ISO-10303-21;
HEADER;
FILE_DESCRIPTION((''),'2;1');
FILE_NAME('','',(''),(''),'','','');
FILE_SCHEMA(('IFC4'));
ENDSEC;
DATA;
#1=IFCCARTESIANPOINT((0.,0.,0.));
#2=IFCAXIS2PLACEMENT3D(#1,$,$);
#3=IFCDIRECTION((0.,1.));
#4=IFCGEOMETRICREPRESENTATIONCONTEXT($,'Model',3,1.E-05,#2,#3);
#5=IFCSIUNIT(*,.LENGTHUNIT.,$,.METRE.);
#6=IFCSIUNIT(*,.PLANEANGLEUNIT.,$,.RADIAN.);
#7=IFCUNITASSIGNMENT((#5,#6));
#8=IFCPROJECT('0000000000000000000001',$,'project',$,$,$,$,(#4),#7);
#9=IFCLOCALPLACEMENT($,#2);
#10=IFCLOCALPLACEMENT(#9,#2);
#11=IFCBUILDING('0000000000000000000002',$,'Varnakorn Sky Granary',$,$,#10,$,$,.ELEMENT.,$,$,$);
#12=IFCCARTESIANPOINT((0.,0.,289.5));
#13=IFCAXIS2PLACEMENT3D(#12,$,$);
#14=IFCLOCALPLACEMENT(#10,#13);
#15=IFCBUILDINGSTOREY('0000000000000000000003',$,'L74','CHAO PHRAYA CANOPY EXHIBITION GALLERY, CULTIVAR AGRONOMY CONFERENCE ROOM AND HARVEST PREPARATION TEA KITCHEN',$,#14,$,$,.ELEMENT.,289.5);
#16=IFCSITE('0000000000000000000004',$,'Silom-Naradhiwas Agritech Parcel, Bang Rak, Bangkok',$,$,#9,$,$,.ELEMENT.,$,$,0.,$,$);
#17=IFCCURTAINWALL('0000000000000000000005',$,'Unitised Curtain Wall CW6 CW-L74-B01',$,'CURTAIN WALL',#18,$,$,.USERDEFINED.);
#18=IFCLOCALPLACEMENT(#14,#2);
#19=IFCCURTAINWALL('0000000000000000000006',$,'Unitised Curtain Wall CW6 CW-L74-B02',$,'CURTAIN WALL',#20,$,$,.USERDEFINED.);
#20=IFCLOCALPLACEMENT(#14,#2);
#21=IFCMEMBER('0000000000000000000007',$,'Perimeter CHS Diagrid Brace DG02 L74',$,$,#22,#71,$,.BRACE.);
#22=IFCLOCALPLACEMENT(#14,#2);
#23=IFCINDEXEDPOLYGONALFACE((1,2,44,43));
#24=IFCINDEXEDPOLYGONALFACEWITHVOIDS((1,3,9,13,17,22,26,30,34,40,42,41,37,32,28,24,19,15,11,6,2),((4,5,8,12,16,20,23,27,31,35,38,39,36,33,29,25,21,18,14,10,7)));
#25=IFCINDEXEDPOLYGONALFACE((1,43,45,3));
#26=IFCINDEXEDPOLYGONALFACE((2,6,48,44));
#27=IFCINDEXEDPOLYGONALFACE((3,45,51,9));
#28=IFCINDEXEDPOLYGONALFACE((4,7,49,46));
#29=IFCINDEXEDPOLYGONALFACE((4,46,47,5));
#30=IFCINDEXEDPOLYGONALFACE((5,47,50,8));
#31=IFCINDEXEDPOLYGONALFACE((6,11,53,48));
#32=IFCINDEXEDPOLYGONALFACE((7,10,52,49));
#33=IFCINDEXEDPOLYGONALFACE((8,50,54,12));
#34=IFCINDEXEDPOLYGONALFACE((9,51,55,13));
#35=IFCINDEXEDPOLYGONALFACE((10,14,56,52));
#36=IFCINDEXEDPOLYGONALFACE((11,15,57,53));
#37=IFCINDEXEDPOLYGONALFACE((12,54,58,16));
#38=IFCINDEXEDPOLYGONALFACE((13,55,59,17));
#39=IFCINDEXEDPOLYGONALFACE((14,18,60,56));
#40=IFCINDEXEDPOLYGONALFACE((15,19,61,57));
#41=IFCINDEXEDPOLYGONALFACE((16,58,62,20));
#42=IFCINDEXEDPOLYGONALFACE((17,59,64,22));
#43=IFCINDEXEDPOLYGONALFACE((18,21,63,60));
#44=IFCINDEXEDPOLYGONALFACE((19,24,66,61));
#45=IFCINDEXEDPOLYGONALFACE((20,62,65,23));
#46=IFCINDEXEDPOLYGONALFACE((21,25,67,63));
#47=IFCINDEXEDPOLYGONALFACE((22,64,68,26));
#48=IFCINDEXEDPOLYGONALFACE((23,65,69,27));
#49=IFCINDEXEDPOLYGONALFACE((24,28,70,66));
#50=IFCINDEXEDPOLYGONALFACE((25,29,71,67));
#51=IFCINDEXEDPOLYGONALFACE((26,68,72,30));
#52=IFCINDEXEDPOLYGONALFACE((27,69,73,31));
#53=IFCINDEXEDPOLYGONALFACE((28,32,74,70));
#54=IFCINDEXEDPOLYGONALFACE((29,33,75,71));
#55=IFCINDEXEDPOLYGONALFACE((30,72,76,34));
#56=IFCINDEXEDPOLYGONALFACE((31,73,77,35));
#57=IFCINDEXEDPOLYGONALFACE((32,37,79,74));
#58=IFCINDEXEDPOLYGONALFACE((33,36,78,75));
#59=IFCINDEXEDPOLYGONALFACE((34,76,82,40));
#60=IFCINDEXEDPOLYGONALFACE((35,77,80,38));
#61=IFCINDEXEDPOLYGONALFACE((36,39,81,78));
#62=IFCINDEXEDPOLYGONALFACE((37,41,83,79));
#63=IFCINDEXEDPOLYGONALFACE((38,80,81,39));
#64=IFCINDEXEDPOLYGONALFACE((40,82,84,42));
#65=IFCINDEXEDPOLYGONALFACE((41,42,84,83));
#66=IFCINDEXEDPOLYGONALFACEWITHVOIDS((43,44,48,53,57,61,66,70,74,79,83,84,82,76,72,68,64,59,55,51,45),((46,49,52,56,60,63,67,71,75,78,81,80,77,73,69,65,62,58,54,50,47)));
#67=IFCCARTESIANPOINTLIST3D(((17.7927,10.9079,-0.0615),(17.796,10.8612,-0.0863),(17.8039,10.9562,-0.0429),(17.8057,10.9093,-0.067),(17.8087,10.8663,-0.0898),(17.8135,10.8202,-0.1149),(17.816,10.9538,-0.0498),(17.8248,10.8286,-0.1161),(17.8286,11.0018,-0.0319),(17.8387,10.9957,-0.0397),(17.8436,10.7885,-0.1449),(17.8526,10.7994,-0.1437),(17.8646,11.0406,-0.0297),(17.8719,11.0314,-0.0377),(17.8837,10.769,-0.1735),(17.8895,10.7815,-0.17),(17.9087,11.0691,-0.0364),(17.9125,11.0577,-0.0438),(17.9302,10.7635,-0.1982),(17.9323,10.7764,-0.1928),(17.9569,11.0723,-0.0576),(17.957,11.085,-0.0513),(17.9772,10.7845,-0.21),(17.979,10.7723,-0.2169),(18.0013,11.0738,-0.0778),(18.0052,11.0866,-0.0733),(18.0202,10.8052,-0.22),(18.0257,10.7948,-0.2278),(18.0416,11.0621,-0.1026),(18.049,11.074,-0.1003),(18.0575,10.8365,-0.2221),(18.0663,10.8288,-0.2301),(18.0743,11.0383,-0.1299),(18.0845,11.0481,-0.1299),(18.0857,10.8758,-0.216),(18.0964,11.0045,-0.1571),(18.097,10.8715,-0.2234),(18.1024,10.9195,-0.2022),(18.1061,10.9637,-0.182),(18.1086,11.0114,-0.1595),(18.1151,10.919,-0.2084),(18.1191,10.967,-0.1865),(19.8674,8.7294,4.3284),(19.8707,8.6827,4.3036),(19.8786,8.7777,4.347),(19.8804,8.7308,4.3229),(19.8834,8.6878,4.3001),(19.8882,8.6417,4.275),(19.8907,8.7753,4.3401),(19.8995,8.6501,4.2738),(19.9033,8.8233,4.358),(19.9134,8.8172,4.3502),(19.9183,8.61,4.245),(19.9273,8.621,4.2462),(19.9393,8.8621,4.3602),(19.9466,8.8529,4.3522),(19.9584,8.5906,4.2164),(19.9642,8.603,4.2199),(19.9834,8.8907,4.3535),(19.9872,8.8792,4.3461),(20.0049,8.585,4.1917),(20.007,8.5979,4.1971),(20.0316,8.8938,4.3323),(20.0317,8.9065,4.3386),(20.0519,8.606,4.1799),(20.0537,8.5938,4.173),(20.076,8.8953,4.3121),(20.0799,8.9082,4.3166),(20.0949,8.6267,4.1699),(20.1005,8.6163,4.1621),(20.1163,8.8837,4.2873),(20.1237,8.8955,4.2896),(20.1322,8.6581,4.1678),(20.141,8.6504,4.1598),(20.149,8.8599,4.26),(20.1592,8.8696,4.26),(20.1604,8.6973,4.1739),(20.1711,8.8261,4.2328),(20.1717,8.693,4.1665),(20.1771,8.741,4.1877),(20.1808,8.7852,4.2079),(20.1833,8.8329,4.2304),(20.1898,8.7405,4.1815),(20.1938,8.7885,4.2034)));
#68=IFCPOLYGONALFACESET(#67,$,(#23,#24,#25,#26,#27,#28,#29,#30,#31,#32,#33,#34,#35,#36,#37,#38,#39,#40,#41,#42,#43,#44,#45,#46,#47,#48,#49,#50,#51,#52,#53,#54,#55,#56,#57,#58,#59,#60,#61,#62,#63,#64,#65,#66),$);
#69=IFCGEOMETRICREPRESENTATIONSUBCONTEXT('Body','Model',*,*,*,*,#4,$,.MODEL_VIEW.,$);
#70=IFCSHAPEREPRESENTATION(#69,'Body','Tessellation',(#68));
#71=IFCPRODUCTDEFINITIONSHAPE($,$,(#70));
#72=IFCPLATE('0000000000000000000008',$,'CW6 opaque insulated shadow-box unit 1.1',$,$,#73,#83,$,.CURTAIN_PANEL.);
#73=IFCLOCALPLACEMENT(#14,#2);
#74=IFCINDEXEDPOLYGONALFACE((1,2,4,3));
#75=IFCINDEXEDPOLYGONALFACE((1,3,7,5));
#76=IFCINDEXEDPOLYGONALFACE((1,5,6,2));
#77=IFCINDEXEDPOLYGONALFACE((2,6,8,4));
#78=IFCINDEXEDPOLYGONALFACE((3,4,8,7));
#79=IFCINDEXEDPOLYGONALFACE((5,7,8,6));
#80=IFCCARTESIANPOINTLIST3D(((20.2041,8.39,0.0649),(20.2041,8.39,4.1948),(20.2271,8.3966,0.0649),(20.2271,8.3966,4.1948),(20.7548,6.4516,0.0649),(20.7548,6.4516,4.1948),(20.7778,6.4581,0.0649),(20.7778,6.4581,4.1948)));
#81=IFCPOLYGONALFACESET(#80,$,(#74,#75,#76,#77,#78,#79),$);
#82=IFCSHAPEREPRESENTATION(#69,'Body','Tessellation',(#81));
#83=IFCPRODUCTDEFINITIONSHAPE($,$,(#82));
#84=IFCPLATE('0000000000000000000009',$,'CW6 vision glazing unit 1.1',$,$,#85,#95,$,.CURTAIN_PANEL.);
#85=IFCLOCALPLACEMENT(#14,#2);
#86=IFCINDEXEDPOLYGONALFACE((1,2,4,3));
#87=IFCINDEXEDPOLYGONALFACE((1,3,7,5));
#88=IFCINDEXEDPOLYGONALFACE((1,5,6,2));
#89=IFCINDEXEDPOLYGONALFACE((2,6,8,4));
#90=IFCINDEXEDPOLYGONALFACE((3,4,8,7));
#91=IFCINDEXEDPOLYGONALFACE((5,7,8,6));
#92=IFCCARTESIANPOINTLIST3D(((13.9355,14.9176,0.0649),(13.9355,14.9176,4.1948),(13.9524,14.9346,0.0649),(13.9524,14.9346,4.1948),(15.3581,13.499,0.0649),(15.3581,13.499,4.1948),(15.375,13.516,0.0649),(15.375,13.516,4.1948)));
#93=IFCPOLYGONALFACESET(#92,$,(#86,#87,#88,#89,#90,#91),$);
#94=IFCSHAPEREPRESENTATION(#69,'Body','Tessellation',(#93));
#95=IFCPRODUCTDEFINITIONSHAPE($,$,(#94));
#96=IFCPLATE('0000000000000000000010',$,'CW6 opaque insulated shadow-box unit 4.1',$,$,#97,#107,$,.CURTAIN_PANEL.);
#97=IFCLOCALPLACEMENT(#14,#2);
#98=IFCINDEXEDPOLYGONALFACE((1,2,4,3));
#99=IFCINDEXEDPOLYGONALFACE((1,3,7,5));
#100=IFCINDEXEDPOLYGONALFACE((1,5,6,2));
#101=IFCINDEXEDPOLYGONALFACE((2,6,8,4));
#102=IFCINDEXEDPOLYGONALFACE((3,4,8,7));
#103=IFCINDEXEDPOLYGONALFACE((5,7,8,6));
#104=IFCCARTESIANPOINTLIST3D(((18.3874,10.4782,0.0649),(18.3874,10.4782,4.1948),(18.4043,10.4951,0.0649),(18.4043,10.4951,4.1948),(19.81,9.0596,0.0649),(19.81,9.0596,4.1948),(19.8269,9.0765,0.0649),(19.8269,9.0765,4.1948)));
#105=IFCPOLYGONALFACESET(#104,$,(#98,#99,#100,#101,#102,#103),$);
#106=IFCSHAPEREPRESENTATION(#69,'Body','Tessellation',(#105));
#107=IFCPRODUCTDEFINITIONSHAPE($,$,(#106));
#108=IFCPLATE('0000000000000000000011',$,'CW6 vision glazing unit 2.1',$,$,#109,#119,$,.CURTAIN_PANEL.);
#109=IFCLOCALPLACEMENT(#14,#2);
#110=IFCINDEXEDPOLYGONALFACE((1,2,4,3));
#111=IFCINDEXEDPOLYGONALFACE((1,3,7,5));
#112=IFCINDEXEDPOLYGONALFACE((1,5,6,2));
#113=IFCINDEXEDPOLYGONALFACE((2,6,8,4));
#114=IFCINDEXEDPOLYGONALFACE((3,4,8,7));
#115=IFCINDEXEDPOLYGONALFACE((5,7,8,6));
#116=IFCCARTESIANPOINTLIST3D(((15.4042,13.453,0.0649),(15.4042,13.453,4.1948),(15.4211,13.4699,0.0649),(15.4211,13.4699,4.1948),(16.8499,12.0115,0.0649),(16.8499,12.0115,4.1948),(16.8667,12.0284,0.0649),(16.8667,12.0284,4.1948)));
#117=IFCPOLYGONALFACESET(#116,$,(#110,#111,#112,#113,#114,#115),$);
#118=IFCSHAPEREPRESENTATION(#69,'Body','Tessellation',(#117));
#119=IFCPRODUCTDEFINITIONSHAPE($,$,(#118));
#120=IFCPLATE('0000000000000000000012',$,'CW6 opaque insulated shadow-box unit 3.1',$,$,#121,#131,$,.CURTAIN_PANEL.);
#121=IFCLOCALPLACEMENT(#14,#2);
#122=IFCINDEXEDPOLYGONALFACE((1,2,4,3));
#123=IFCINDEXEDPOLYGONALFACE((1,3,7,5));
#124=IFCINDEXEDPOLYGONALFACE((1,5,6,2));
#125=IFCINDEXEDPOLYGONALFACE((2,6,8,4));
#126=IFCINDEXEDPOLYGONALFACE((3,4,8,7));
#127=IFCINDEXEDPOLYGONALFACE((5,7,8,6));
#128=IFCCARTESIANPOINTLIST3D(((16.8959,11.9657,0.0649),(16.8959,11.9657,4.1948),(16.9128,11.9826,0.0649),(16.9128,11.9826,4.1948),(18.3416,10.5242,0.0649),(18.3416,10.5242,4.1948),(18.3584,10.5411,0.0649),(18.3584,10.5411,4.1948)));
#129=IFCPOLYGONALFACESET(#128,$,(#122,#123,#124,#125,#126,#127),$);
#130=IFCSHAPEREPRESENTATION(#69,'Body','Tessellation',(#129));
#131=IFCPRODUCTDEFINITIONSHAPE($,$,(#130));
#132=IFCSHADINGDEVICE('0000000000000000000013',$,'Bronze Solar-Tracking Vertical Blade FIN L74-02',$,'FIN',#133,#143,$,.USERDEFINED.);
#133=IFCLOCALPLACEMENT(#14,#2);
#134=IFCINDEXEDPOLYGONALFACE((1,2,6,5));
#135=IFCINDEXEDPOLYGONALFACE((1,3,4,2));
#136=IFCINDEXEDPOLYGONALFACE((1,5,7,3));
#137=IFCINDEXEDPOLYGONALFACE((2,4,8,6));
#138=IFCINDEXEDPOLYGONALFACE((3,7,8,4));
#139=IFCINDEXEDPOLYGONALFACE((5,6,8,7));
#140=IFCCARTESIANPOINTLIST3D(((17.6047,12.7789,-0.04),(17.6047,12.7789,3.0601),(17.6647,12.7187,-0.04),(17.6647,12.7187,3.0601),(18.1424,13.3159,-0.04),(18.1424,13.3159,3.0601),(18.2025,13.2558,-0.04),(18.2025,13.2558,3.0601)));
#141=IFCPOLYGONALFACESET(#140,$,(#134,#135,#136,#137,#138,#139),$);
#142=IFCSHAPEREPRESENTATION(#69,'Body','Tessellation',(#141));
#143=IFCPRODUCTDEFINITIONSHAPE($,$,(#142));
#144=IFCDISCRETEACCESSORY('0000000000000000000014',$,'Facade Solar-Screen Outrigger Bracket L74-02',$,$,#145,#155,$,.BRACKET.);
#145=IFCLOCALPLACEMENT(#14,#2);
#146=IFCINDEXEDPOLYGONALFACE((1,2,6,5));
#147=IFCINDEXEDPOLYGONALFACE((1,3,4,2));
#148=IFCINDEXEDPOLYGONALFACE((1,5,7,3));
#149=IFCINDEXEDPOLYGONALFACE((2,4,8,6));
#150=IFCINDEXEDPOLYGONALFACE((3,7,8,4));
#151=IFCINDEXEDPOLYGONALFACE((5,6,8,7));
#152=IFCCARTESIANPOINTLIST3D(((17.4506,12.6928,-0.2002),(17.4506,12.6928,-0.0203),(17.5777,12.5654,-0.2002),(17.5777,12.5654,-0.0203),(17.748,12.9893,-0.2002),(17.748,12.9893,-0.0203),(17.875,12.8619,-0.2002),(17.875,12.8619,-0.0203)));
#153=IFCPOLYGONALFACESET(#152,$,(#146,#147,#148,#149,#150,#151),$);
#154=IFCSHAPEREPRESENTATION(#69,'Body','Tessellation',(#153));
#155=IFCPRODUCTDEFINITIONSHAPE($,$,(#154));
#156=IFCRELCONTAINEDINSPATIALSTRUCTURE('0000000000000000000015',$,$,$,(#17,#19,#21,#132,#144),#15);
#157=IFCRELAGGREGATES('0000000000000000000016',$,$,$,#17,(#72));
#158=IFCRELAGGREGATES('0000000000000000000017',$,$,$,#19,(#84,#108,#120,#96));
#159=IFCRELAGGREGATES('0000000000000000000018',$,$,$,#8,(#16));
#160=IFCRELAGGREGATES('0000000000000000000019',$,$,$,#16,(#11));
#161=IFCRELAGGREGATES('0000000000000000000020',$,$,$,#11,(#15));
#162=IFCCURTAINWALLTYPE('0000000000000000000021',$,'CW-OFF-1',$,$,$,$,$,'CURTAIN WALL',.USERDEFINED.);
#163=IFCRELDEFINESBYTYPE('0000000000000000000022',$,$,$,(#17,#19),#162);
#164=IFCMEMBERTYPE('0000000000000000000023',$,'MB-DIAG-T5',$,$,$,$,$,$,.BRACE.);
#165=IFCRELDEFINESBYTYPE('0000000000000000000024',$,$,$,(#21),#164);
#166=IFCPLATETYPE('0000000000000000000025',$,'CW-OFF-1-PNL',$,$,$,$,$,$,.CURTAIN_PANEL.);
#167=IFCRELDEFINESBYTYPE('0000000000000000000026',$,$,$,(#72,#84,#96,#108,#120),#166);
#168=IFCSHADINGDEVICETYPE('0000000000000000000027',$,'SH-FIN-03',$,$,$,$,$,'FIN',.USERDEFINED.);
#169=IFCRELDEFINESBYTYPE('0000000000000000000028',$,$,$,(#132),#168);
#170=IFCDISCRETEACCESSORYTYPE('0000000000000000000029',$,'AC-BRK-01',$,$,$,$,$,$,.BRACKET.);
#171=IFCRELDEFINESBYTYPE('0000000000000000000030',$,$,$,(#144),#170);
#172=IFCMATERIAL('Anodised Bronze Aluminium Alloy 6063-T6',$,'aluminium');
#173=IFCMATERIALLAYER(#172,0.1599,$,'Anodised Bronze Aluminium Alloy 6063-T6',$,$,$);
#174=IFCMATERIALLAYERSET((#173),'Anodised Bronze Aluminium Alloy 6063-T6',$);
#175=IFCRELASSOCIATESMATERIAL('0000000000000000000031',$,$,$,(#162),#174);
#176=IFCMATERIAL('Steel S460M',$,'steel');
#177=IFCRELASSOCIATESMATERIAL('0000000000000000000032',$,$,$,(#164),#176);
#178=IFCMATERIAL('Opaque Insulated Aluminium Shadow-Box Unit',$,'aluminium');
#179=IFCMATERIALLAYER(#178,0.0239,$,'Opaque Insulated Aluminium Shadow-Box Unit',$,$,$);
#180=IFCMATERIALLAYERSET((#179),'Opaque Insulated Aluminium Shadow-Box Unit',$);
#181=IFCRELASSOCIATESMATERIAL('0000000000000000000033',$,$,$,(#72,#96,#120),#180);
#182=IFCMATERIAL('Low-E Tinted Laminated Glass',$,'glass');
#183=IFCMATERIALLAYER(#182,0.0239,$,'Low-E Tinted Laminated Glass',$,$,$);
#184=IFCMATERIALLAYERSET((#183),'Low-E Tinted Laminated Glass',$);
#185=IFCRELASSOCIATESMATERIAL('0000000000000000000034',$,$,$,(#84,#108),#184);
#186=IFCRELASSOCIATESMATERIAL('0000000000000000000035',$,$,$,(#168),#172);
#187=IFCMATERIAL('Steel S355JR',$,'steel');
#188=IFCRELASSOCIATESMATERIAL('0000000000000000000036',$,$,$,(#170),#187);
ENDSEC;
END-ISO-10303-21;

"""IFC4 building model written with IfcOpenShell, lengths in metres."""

from ifc_helpers import new_model, si_unit, direction, frame, origin, origin_2d, place, context, subcontext, project, spatial, rectangle, hollow_circle, extrude, source, transform, mapped, material, layer, layer_set, material_profile, profile_set, type_object, type_shapes, element, aggregate, save


model = new_model("IFC4")

# Units and contexts
model_context = context("Model", 3, precision=1e-05, world=origin(), true_north=direction((0.0, 1.0)))
body_context = subcontext(model_context, "Body", "Model", "MODEL_VIEW")
ifc_project = project(units=[si_unit("LENGTHUNIT", "METRE"), si_unit("PLANEANGLEUNIT", "RADIAN")], contexts=[model_context])

# Site, building, storey
site_placement = place(None, origin())
site = spatial("IfcSite", under=ifc_project, at=site_placement, Name="Silom-Naradhiwas Agritech Parcel, Bang Rak, Bangkok", CompositionType="ELEMENT", RefElevation=0.0)
building_placement = place(site_placement, origin())
building = spatial("IfcBuilding", under=site, at=building_placement, Name="Varnakorn Sky Granary", CompositionType="ELEMENT")
storey_placement = place(building_placement, frame((0.0, 0.0, 289.5)))
storey = spatial("IfcBuildingStorey", under=building, at=storey_placement, Name="L74", Description="CHAO PHRAYA CANOPY EXHIBITION GALLERY, CULTIVAR AGRONOMY CONFERENCE ROOM AND HARVEST PREPARATION TEA KITCHEN", CompositionType="ELEMENT", Elevation=289.5)

# Shared definitions
ifc_material_1 = material(Name="Steel S460M", Category="steel")

# Shared definitions
ifc_material_2 = material(Name="Steel S355JR", Category="steel")

# Curtain walls
ifc_material_3 = material(Name="Anodised Bronze Aluminium Alloy 6063-T6", Category="aluminium")
ifc_layer_1 = layer(ifc_material_3, 0.1599, Name="Anodised Bronze Aluminium Alloy 6063-T6")
ifc_layer_set_1 = layer_set([ifc_layer_1], Name="Anodised Bronze Aluminium Alloy 6063-T6")
curtain_wall_type = type_object("IfcCurtainWallType", Name="CW-OFF-1", ElementType="CURTAIN WALL", PredefinedType="USERDEFINED", material=ifc_layer_set_1)
curtain_wall_1_placement = place(storey_placement, origin())
curtain_wall_1 = element("IfcCurtainWall", 1, at=curtain_wall_1_placement, inside=storey, type_object=curtain_wall_type, Name="Unitised Curtain Wall CW6 CW-L74-B01", ObjectType="CURTAIN WALL", PredefinedType="USERDEFINED")
curtain_wall_2_placement = place(storey_placement, origin())
curtain_wall_2 = element("IfcCurtainWall", 2, at=curtain_wall_2_placement, inside=storey, type_object=curtain_wall_type, Name="Unitised Curtain Wall CW6 CW-L74-B02", ObjectType="CURTAIN WALL", PredefinedType="USERDEFINED")

# Member
ifc_material_profile_1 = material_profile(ifc_material_1, hollow_circle(Radius=0.1777, WallThickness=0.0142, at=origin_2d()), Name="CHS 355.6x14")
ifc_profile_set_1 = profile_set([ifc_material_profile_1], Name="Steel S460M")
member_type_1 = type_object("IfcMemberType", Name="MB-DIAG-T5", PredefinedType="BRACE", material=ifc_profile_set_1)
member_1_placement = place(storey_placement, frame((17.9558, 10.9255, -0.1299), z_axis=(0.389852, -0.40935, 0.824893), x_axis=(0.724142, 0.689651, 0.0)))
element("IfcMember", 3, at=member_1_placement, inside=storey, type_object=member_type_1, Name="Perimeter CHS Diagrid Brace DG02 L74", PredefinedType="BRACE", context=body_context, shape_type="SweptSolid", body=[
    extrude(hollow_circle(Radius=0.1777, WallThickness=0.0142, at=origin_2d()), origin(), (0.0, 0.0, 1.0), 5.3218),
])

# Plates
ifc_material_4 = material(Name="Opaque Insulated Aluminium Shadow-Box Unit", Category="aluminium")
ifc_layer_2 = layer(ifc_material_4, 0.0239, Name="Opaque Insulated Aluminium Shadow-Box Unit")
ifc_layer_set_2 = layer_set([ifc_layer_2], Name="Opaque Insulated Aluminium Shadow-Box Unit")
plate_type = type_object("IfcPlateType", Name="CW-OFF-1-PNL", PredefinedType="CURTAIN_PANEL")
shared_shape_1 = source(origin(), body_context, "Body", "SweptSolid", [
    extrude(rectangle(XDim=2.0151, YDim=0.0239, at=origin_2d()), origin(), (0.0, 0.0, 1.0), 4.1299),
])
plate_1_placement = place(storey_placement, frame((20.491, 7.4241, 0.0649), z_axis=(0.0, 0.0, 1.0), x_axis=(0.27327, -0.961937, 0.0)))
plate_1 = element("IfcPlate", 4, at=plate_1_placement, type_object=plate_type, material=ifc_layer_set_2, Name="CW6 opaque insulated shadow-box unit 1.1", PredefinedType="CURTAIN_PANEL", context=body_context, shape_type="MappedRepresentation", body=[
    mapped(shared_shape_1, transform((0.0, 0.0, 0.0), x_axis=(1.0, 0.0, 0.0), y_axis=(0.0, 1.0, 0.0), z_axis=(0.0, 0.0, 1.0), scale=1.0)),
])
aggregate(curtain_wall_1, [plate_1])
ifc_material_5 = material(Name="Low-E Tinted Laminated Glass", Category="glass")
ifc_layer_3 = layer(ifc_material_5, 0.0239, Name="Low-E Tinted Laminated Glass")
ifc_layer_set_3 = layer_set([ifc_layer_3], Name="Low-E Tinted Laminated Glass")
shared_shape_2 = source(origin(), body_context, "Body", "SweptSolid", [
    extrude(rectangle(XDim=2.009, YDim=0.0239, at=origin_2d()), origin(), (0.0, 0.0, 1.0), 4.1299),
])
plate_2_placement = place(storey_placement, frame((14.6553, 14.2168, 0.0649), z_axis=(0.0, 0.0, 1.0), x_axis=(0.708109, -0.706103, 0.0)))
plate_2 = element("IfcPlate", 5, at=plate_2_placement, type_object=plate_type, material=ifc_layer_set_3, Name="CW6 vision glazing unit 1.1", PredefinedType="CURTAIN_PANEL", context=body_context, shape_type="MappedRepresentation", body=[
    mapped(shared_shape_2, transform((0.0, 0.0, 0.0), x_axis=(1.0, 0.0, 0.0), y_axis=(0.0, 1.0, 0.0), z_axis=(0.0, 0.0, 1.0), scale=1.0)),
])
plate_3_placement = place(storey_placement, frame((19.1072, 9.7773, 0.0649), z_axis=(0.0, 0.0, 1.0), x_axis=(0.708109, -0.706103, 0.0)))
plate_3 = element("IfcPlate", 6, at=plate_3_placement, type_object=plate_type, material=ifc_layer_set_2, Name="CW6 opaque insulated shadow-box unit 4.1", PredefinedType="CURTAIN_PANEL", context=body_context, shape_type="MappedRepresentation", body=[
    mapped(shared_shape_2, transform((0.0, 0.0, 0.0), x_axis=(1.0, 0.0, 0.0), y_axis=(0.0, 1.0, 0.0), z_axis=(0.0, 0.0, 1.0), scale=1.0)),
])
shared_shape_3 = source(origin(), body_context, "Body", "SweptSolid", [
    extrude(rectangle(XDim=2.0415, YDim=0.0239, at=origin_2d()), origin(), (0.0, 0.0, 1.0), 4.1299),
])
type_shapes(plate_type, [shared_shape_1, shared_shape_2, shared_shape_3])
plate_4_placement = place(storey_placement, frame((16.1355, 12.7407, 0.0649), z_axis=(0.0, 0.0, 1.0), x_axis=(0.708109, -0.706103, 0.0)))
plate_4 = element("IfcPlate", 7, at=plate_4_placement, type_object=plate_type, material=ifc_layer_set_3, Name="CW6 vision glazing unit 2.1", PredefinedType="CURTAIN_PANEL", context=body_context, shape_type="MappedRepresentation", body=[
    mapped(shared_shape_3, transform((0.0, 0.0, 0.0), x_axis=(1.0, 0.0, 0.0), y_axis=(0.0, 1.0, 0.0), z_axis=(0.0, 0.0, 1.0), scale=1.0)),
])
plate_5_placement = place(storey_placement, frame((17.6272, 11.2534, 0.0649), z_axis=(0.0, 0.0, 1.0), x_axis=(0.708109, -0.706103, 0.0)))
plate_5 = element("IfcPlate", 8, at=plate_5_placement, type_object=plate_type, material=ifc_layer_set_2, Name="CW6 opaque insulated shadow-box unit 3.1", PredefinedType="CURTAIN_PANEL", context=body_context, shape_type="MappedRepresentation", body=[
    mapped(shared_shape_3, transform((0.0, 0.0, 0.0), x_axis=(1.0, 0.0, 0.0), y_axis=(0.0, 1.0, 0.0), z_axis=(0.0, 0.0, 1.0), scale=1.0)),
])
aggregate(curtain_wall_2, [plate_2, plate_4, plate_5, plate_3])

# Shading device
shading_device_type = type_object("IfcShadingDeviceType", Name="SH-FIN-03", ElementType="FIN", PredefinedType="USERDEFINED", material=ifc_material_3)
shared_shape_4 = source(origin(), body_context, "Body", "SweptSolid", [
    extrude(rectangle(XDim=0.085, YDim=0.76, at=origin_2d()), origin(), (0.0, 0.0, 1.0), 3.1001),
])
type_shapes(shading_device_type, [shared_shape_4])
shading_device_placement = place(storey_placement, frame((17.9036, 13.0173, -0.04), z_axis=(0.0, 0.0, 1.0), x_axis=(-0.706673, 0.70754, 0.0)))
element("IfcShadingDevice", 9, at=shading_device_placement, inside=storey, type_object=shading_device_type, Name="Bronze Solar-Tracking Vertical Blade FIN L74-02", ObjectType="FIN", PredefinedType="USERDEFINED", context=body_context, shape_type="MappedRepresentation", body=[
    mapped(shared_shape_4, transform((0.0, 0.0, 0.0), x_axis=(1.0, 0.0, 0.0), y_axis=(0.0, 1.0, 0.0), z_axis=(0.0, 0.0, 1.0), scale=1.0)),
])

# Discrete accessory
discrete_accessory_type = type_object("IfcDiscreteAccessoryType", Name="AC-BRK-01", PredefinedType="BRACKET", material=ifc_material_2)
shared_shape_5 = source(origin(), body_context, "Body", "SweptSolid", [
    extrude(rectangle(XDim=0.1799, YDim=0.4199, at=origin_2d()), origin(), (0.0, 0.0, 1.0), 0.1799),
])
type_shapes(discrete_accessory_type, [shared_shape_5])
discrete_accessory_placement = place(storey_placement, frame((17.6628, 12.7773, -0.2002), z_axis=(0.0, 0.0, 1.0), x_axis=(-0.706124, 0.708088, 0.0)))
element("IfcDiscreteAccessory", 10, at=discrete_accessory_placement, inside=storey, type_object=discrete_accessory_type, Name="Facade Solar-Screen Outrigger Bracket L74-02", PredefinedType="BRACKET", context=body_context, shape_type="MappedRepresentation", body=[
    mapped(shared_shape_5, transform((0.0, 0.0, 0.0), x_axis=(1.0, 0.0, 0.0), y_axis=(0.0, 1.0, 0.0), z_axis=(0.0, 0.0, 1.0), scale=1.0)),
])

save(model, "model.ifc")
